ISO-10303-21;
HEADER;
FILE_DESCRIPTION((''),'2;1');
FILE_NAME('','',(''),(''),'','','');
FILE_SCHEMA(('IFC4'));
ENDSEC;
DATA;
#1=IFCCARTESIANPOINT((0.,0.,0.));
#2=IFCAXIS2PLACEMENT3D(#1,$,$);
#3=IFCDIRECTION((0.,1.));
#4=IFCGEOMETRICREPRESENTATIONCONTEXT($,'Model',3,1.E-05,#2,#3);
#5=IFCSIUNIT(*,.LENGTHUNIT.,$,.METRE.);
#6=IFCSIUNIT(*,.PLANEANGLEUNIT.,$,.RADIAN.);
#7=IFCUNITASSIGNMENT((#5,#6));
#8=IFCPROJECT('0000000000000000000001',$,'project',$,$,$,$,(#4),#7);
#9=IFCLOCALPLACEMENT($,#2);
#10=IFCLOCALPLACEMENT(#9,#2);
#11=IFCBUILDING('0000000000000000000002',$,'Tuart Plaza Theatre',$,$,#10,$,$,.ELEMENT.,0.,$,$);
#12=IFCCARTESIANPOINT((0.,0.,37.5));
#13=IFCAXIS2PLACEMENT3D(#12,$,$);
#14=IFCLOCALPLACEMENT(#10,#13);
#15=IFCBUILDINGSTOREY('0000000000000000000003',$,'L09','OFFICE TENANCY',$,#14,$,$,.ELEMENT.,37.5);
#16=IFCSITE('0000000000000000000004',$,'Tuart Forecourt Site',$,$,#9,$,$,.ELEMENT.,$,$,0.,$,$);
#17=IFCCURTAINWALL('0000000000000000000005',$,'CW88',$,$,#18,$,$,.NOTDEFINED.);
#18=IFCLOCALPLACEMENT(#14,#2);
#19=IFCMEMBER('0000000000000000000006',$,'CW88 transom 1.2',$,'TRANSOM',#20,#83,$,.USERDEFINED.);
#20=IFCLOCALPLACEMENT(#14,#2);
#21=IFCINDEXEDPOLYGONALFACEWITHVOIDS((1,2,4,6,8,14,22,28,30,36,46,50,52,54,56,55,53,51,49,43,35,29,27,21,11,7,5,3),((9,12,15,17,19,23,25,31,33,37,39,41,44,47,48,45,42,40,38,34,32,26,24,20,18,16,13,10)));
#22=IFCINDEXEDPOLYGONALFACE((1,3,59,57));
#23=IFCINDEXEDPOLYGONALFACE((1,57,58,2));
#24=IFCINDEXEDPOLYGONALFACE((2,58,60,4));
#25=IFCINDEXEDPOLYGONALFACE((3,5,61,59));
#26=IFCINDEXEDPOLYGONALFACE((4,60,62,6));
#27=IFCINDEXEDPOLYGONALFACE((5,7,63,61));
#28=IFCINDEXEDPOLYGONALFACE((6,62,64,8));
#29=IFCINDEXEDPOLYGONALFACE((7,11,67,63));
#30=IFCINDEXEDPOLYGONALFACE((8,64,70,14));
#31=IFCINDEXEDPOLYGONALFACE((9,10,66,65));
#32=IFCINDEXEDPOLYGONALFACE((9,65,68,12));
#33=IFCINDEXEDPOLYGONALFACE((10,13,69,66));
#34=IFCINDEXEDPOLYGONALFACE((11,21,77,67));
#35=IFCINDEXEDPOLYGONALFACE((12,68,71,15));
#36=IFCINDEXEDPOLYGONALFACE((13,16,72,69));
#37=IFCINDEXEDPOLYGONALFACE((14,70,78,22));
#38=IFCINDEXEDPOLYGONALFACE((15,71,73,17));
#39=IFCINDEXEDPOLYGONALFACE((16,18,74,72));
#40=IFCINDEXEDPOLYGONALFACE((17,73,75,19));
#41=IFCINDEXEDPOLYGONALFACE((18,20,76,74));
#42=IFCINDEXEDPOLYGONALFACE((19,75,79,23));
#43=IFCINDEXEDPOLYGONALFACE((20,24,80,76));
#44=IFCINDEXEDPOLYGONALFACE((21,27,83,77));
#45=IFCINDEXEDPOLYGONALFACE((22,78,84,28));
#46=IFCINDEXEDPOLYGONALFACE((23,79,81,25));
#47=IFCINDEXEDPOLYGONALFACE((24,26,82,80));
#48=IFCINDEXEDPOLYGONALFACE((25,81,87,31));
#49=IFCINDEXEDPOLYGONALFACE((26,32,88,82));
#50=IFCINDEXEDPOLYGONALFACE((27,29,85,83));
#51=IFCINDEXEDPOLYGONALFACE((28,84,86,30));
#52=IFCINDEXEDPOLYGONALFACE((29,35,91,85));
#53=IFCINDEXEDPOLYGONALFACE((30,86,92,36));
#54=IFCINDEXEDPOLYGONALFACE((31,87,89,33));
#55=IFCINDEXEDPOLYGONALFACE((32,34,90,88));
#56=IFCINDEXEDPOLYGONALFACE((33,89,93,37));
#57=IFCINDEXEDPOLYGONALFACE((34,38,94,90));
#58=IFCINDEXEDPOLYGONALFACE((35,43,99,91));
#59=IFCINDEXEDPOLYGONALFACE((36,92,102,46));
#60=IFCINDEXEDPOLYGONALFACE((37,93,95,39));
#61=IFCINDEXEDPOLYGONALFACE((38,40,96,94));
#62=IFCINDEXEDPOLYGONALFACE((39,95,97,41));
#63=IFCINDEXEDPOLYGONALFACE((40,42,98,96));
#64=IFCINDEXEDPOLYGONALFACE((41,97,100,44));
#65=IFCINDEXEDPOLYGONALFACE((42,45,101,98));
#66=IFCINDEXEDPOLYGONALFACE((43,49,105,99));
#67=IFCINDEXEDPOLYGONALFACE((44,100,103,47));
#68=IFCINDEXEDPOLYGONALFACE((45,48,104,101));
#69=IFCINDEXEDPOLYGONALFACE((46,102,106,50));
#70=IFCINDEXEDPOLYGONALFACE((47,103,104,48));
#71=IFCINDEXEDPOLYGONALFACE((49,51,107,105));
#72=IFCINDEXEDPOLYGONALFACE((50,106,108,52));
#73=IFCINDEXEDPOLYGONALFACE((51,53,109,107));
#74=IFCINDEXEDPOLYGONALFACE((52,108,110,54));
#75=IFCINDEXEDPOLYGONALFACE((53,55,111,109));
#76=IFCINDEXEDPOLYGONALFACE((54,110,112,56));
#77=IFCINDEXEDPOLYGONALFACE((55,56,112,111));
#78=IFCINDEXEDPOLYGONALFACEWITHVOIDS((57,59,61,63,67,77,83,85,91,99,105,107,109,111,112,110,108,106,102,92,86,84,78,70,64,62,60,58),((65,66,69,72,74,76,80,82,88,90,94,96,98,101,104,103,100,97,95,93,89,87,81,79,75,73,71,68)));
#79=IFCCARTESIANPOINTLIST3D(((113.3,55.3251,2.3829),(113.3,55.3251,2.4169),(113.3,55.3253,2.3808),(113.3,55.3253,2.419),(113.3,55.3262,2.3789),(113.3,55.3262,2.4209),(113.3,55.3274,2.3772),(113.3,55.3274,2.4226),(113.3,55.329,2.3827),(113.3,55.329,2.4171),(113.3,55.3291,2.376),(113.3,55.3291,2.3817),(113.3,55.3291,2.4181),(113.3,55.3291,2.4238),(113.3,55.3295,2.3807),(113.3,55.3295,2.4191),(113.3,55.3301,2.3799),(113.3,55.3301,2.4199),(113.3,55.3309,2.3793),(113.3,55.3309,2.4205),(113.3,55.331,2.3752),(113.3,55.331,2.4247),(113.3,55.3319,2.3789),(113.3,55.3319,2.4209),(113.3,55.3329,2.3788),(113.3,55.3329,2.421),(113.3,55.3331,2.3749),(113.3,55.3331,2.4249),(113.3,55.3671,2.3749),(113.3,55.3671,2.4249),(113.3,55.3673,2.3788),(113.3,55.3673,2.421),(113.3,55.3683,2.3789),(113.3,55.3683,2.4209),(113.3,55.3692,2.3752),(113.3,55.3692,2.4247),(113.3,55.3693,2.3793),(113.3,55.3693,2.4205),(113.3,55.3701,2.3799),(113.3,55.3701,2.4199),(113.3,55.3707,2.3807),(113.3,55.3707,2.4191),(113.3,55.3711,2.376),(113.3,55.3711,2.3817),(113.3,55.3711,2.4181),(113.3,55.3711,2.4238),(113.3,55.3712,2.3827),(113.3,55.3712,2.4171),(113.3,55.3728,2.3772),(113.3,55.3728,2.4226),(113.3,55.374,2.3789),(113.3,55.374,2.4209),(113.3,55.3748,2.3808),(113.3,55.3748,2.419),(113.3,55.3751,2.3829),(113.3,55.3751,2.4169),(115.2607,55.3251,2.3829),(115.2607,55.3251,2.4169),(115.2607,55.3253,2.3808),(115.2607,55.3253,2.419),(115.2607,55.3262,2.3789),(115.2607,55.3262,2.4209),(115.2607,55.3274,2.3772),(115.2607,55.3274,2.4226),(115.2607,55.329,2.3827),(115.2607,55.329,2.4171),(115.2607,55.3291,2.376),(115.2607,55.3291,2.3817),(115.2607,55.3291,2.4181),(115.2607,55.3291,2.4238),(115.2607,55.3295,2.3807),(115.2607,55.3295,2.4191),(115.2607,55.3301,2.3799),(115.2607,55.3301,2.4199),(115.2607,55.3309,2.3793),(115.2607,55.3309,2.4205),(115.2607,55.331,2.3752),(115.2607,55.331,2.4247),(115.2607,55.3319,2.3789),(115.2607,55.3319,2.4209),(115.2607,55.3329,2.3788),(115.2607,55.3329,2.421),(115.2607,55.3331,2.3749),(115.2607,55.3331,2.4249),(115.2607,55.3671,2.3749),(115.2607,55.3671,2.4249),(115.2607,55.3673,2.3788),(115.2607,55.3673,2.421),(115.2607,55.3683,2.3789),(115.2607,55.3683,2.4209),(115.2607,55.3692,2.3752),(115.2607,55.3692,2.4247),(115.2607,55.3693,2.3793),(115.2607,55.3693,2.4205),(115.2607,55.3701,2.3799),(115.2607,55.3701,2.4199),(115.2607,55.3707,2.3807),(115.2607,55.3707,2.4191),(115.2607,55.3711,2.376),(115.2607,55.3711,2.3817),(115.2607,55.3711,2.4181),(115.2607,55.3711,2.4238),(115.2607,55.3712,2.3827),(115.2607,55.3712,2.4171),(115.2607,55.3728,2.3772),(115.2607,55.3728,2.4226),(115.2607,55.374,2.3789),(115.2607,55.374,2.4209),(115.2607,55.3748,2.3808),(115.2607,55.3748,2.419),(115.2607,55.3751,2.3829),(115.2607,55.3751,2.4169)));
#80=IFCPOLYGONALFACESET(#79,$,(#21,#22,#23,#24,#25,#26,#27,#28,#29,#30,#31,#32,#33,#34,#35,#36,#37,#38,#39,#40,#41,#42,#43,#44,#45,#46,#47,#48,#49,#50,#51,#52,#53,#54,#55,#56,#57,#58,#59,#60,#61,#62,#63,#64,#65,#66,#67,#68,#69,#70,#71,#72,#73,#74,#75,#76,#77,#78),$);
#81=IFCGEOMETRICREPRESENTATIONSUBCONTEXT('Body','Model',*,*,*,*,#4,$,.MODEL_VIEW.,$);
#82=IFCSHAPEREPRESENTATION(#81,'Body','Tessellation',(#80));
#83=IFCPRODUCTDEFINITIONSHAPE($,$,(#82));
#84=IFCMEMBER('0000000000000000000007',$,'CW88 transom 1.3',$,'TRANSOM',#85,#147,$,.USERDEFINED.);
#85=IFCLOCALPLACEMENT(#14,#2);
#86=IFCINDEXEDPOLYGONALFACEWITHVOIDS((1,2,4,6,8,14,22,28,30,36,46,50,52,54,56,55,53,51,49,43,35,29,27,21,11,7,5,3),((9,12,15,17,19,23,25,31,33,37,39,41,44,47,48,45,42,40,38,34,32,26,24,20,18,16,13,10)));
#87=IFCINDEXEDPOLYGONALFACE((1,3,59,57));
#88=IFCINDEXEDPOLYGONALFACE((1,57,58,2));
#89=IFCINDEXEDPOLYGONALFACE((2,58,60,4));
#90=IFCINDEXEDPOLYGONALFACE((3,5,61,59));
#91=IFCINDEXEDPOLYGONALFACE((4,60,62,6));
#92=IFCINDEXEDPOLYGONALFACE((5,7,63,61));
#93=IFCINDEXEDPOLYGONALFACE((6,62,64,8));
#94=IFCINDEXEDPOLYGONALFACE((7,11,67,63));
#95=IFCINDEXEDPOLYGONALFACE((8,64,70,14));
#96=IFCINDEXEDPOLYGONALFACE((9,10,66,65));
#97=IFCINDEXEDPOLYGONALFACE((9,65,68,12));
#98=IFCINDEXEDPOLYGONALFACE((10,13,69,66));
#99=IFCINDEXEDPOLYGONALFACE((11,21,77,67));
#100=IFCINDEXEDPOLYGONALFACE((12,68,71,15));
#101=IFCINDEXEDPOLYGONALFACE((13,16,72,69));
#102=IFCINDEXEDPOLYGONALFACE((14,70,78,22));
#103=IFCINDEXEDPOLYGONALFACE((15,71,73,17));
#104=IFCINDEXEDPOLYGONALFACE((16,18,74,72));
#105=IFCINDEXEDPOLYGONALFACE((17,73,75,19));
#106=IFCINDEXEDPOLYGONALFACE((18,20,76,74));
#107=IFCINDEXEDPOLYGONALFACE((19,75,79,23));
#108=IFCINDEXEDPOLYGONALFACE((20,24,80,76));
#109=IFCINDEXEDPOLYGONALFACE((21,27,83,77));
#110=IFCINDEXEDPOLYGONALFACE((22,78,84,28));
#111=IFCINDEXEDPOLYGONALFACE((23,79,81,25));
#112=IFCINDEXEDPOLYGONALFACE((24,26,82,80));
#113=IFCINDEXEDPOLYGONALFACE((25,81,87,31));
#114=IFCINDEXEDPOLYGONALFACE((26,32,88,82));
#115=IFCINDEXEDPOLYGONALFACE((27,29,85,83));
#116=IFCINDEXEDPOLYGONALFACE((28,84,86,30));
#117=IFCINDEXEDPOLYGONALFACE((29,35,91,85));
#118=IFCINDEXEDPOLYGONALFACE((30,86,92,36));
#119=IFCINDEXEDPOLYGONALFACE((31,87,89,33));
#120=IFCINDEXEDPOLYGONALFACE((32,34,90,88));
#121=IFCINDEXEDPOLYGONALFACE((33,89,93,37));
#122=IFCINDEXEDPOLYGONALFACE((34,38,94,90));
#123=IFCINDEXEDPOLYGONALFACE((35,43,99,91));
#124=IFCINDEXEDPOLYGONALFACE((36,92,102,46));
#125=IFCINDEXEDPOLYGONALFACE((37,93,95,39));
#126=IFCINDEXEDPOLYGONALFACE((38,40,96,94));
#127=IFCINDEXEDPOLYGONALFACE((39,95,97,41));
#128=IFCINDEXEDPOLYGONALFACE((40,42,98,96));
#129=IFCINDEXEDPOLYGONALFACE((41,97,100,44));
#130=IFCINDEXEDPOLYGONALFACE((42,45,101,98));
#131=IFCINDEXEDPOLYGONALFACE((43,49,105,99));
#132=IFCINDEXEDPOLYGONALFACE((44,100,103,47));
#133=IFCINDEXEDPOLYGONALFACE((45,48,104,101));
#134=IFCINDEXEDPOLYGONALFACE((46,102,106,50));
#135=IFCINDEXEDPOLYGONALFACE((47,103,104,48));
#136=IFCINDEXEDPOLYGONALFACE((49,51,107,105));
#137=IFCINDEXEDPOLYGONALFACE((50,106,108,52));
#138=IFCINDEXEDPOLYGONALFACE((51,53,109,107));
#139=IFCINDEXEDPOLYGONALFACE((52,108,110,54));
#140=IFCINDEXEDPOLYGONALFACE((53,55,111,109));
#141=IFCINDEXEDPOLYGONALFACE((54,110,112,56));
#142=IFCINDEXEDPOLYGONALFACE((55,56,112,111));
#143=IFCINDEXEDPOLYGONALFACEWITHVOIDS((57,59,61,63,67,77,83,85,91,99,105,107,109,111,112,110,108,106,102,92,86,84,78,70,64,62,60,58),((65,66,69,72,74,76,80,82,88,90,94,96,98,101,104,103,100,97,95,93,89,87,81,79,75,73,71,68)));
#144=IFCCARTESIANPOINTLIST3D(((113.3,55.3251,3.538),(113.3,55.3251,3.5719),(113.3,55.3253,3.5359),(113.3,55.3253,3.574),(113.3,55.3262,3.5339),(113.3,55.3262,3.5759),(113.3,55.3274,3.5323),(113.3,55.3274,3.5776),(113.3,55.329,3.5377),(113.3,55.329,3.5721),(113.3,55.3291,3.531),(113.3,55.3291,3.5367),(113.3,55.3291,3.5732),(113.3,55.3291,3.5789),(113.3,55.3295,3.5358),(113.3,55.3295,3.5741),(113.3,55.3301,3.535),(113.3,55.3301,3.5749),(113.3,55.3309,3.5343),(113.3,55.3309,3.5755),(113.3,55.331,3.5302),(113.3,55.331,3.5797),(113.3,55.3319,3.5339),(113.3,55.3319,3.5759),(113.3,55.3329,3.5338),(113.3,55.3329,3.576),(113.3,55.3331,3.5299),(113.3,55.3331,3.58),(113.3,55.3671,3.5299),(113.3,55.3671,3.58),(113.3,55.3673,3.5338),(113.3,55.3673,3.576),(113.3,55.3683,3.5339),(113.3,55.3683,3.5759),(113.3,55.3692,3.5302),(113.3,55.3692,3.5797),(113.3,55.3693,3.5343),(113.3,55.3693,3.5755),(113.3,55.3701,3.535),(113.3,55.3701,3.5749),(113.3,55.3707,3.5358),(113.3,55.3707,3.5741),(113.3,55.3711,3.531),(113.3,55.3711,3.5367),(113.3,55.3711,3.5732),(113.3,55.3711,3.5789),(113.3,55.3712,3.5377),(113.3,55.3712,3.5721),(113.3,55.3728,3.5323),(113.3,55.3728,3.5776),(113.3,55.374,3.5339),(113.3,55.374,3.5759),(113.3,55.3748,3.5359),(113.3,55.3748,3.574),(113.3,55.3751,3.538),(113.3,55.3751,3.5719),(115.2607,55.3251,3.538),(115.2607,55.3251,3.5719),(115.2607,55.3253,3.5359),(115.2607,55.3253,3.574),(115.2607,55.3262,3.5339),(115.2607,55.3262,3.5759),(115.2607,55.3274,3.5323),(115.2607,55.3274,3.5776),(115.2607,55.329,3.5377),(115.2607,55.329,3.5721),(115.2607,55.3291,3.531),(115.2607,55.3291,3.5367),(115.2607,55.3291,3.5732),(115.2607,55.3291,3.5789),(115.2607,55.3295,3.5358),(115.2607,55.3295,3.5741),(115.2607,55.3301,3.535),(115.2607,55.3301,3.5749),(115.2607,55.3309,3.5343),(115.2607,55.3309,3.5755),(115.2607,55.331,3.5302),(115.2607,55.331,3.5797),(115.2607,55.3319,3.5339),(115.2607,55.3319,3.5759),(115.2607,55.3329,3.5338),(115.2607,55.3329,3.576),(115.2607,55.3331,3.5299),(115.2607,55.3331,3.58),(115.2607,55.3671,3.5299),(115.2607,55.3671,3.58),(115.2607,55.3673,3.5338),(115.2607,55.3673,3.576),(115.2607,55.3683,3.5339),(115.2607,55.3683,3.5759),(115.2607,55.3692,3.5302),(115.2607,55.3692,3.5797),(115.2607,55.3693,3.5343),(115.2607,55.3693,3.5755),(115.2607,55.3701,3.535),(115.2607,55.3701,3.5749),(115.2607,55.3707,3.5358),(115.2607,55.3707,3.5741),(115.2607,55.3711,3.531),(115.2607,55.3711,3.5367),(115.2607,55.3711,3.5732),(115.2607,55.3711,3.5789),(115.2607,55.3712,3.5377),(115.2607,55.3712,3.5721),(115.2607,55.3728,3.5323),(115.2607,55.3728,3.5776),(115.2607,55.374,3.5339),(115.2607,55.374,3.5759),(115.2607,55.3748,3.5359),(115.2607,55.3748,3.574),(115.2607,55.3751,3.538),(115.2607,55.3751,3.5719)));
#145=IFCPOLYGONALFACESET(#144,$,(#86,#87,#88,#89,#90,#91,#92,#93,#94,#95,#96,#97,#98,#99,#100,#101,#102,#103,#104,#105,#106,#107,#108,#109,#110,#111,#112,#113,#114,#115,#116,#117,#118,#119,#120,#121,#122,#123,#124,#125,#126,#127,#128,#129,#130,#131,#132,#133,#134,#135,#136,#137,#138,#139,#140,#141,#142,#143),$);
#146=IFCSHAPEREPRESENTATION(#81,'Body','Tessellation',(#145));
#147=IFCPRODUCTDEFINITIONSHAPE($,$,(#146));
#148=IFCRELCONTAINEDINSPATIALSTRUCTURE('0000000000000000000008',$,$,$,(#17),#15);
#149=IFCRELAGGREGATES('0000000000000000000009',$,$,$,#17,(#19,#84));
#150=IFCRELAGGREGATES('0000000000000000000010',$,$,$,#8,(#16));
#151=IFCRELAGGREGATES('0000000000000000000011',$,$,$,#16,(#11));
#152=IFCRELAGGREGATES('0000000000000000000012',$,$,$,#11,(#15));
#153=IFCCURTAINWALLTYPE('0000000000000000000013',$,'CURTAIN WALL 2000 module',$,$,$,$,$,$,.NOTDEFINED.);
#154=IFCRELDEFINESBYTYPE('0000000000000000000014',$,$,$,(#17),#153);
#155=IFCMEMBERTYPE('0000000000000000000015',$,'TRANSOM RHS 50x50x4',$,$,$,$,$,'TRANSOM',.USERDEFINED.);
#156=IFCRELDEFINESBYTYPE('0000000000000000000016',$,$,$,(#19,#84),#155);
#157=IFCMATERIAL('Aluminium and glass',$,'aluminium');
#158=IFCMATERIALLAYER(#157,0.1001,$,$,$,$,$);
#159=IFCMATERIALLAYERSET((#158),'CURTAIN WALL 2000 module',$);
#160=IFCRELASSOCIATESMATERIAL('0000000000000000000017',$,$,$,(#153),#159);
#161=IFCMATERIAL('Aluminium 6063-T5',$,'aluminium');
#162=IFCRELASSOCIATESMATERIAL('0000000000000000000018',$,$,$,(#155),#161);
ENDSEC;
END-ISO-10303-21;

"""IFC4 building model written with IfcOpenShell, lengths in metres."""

from ifc_helpers import new_model, si_unit, direction, frame, origin, origin_2d, place, context, subcontext, project, spatial, hollow_rectangle, extrude, material, layer, layer_set, material_profile, profile_set, type_object, element, aggregate, save


model = new_model("IFC4")

# Units and contexts
model_context = context("Model", 3, precision=1e-05, world=origin(), true_north=direction((0.0, 1.0)))
body_context = subcontext(model_context, "Body", "Model", "MODEL_VIEW")
ifc_project = project(units=[si_unit("LENGTHUNIT", "METRE"), si_unit("PLANEANGLEUNIT", "RADIAN")], contexts=[model_context])

# Site, building, storey
site_placement = place(None, origin())
site = spatial("IfcSite", under=ifc_project, at=site_placement, Name="Tuart Forecourt Site", CompositionType="ELEMENT", RefElevation=0.0)
building_placement = place(site_placement, origin())
building = spatial("IfcBuilding", under=site, at=building_placement, Name="Tuart Plaza Theatre", CompositionType="ELEMENT", ElevationOfRefHeight=0.0)
storey_placement = place(building_placement, frame((0.0, 0.0, 37.5)))
storey = spatial("IfcBuildingStorey", under=building, at=storey_placement, Name="L09", Description="OFFICE TENANCY", CompositionType="ELEMENT", Elevation=37.5)

# Curtain wall
ifc_material_1 = material(Name="Aluminium and glass", Category="aluminium")
ifc_layer_1 = layer(ifc_material_1, 0.1001)
ifc_layer_set_1 = layer_set([ifc_layer_1], Name="CURTAIN WALL 2000 module")
curtain_wall_type = type_object("IfcCurtainWallType", Name="CURTAIN WALL 2000 module", PredefinedType="NOTDEFINED", material=ifc_layer_set_1)
curtain_wall_1_placement = place(storey_placement, origin())
curtain_wall_1 = element("IfcCurtainWall", 1, at=curtain_wall_1_placement, inside=storey, type_object=curtain_wall_type, Name="CW88", PredefinedType="NOTDEFINED")

# Members
ifc_material_2 = material(Name="Aluminium 6063-T5", Category="aluminium")
ifc_material_profile_1 = material_profile(ifc_material_2, hollow_rectangle(XDim=0.05, YDim=0.05, WallThickness=0.0039, InnerFilletRadius=0.0039, OuterFilletRadius=0.0081, at=origin_2d()), Name="RHS 50x50x4")
ifc_profile_set_1 = profile_set([ifc_material_profile_1], Name="Aluminium 6063-T5")
member_type_1 = type_object("IfcMemberType", Name="TRANSOM RHS 50x50x4", ElementType="TRANSOM", PredefinedType="USERDEFINED", material=ifc_profile_set_1)
member_1_placement = place(storey_placement, frame((113.3, 55.3501, 2.3999), z_axis=(1.0, 0.0, 0.0), x_axis=(0.0, 1.0, 0.0)))
member_1 = element("IfcMember", 2, at=member_1_placement, type_object=member_type_1, Name="CW88 transom 1.2", ObjectType="TRANSOM", PredefinedType="USERDEFINED", context=body_context, shape_type="SweptSolid", body=[
    extrude(hollow_rectangle(XDim=0.05, YDim=0.05, WallThickness=0.0039, InnerFilletRadius=0.0039, OuterFilletRadius=0.0081, at=origin_2d()), origin(), (0.0, 0.0, 1.0), 1.9607),
])
member_2_placement = place(storey_placement, frame((113.3, 55.3501, 3.5549), z_axis=(1.0, 0.0, 0.0), x_axis=(0.0, 1.0, 0.0)))
member_2 = element("IfcMember", 3, at=member_2_placement, type_object=member_type_1, Name="CW88 transom 1.3", ObjectType="TRANSOM", PredefinedType="USERDEFINED", context=body_context, shape_type="SweptSolid", body=[
    extrude(hollow_rectangle(XDim=0.05, YDim=0.05, WallThickness=0.0039, InnerFilletRadius=0.0039, OuterFilletRadius=0.0081, at=origin_2d()), origin(), (0.0, 0.0, 1.0), 1.9607),
])
aggregate(curtain_wall_1, [member_1, member_2])

save(model, "model.ifc")
